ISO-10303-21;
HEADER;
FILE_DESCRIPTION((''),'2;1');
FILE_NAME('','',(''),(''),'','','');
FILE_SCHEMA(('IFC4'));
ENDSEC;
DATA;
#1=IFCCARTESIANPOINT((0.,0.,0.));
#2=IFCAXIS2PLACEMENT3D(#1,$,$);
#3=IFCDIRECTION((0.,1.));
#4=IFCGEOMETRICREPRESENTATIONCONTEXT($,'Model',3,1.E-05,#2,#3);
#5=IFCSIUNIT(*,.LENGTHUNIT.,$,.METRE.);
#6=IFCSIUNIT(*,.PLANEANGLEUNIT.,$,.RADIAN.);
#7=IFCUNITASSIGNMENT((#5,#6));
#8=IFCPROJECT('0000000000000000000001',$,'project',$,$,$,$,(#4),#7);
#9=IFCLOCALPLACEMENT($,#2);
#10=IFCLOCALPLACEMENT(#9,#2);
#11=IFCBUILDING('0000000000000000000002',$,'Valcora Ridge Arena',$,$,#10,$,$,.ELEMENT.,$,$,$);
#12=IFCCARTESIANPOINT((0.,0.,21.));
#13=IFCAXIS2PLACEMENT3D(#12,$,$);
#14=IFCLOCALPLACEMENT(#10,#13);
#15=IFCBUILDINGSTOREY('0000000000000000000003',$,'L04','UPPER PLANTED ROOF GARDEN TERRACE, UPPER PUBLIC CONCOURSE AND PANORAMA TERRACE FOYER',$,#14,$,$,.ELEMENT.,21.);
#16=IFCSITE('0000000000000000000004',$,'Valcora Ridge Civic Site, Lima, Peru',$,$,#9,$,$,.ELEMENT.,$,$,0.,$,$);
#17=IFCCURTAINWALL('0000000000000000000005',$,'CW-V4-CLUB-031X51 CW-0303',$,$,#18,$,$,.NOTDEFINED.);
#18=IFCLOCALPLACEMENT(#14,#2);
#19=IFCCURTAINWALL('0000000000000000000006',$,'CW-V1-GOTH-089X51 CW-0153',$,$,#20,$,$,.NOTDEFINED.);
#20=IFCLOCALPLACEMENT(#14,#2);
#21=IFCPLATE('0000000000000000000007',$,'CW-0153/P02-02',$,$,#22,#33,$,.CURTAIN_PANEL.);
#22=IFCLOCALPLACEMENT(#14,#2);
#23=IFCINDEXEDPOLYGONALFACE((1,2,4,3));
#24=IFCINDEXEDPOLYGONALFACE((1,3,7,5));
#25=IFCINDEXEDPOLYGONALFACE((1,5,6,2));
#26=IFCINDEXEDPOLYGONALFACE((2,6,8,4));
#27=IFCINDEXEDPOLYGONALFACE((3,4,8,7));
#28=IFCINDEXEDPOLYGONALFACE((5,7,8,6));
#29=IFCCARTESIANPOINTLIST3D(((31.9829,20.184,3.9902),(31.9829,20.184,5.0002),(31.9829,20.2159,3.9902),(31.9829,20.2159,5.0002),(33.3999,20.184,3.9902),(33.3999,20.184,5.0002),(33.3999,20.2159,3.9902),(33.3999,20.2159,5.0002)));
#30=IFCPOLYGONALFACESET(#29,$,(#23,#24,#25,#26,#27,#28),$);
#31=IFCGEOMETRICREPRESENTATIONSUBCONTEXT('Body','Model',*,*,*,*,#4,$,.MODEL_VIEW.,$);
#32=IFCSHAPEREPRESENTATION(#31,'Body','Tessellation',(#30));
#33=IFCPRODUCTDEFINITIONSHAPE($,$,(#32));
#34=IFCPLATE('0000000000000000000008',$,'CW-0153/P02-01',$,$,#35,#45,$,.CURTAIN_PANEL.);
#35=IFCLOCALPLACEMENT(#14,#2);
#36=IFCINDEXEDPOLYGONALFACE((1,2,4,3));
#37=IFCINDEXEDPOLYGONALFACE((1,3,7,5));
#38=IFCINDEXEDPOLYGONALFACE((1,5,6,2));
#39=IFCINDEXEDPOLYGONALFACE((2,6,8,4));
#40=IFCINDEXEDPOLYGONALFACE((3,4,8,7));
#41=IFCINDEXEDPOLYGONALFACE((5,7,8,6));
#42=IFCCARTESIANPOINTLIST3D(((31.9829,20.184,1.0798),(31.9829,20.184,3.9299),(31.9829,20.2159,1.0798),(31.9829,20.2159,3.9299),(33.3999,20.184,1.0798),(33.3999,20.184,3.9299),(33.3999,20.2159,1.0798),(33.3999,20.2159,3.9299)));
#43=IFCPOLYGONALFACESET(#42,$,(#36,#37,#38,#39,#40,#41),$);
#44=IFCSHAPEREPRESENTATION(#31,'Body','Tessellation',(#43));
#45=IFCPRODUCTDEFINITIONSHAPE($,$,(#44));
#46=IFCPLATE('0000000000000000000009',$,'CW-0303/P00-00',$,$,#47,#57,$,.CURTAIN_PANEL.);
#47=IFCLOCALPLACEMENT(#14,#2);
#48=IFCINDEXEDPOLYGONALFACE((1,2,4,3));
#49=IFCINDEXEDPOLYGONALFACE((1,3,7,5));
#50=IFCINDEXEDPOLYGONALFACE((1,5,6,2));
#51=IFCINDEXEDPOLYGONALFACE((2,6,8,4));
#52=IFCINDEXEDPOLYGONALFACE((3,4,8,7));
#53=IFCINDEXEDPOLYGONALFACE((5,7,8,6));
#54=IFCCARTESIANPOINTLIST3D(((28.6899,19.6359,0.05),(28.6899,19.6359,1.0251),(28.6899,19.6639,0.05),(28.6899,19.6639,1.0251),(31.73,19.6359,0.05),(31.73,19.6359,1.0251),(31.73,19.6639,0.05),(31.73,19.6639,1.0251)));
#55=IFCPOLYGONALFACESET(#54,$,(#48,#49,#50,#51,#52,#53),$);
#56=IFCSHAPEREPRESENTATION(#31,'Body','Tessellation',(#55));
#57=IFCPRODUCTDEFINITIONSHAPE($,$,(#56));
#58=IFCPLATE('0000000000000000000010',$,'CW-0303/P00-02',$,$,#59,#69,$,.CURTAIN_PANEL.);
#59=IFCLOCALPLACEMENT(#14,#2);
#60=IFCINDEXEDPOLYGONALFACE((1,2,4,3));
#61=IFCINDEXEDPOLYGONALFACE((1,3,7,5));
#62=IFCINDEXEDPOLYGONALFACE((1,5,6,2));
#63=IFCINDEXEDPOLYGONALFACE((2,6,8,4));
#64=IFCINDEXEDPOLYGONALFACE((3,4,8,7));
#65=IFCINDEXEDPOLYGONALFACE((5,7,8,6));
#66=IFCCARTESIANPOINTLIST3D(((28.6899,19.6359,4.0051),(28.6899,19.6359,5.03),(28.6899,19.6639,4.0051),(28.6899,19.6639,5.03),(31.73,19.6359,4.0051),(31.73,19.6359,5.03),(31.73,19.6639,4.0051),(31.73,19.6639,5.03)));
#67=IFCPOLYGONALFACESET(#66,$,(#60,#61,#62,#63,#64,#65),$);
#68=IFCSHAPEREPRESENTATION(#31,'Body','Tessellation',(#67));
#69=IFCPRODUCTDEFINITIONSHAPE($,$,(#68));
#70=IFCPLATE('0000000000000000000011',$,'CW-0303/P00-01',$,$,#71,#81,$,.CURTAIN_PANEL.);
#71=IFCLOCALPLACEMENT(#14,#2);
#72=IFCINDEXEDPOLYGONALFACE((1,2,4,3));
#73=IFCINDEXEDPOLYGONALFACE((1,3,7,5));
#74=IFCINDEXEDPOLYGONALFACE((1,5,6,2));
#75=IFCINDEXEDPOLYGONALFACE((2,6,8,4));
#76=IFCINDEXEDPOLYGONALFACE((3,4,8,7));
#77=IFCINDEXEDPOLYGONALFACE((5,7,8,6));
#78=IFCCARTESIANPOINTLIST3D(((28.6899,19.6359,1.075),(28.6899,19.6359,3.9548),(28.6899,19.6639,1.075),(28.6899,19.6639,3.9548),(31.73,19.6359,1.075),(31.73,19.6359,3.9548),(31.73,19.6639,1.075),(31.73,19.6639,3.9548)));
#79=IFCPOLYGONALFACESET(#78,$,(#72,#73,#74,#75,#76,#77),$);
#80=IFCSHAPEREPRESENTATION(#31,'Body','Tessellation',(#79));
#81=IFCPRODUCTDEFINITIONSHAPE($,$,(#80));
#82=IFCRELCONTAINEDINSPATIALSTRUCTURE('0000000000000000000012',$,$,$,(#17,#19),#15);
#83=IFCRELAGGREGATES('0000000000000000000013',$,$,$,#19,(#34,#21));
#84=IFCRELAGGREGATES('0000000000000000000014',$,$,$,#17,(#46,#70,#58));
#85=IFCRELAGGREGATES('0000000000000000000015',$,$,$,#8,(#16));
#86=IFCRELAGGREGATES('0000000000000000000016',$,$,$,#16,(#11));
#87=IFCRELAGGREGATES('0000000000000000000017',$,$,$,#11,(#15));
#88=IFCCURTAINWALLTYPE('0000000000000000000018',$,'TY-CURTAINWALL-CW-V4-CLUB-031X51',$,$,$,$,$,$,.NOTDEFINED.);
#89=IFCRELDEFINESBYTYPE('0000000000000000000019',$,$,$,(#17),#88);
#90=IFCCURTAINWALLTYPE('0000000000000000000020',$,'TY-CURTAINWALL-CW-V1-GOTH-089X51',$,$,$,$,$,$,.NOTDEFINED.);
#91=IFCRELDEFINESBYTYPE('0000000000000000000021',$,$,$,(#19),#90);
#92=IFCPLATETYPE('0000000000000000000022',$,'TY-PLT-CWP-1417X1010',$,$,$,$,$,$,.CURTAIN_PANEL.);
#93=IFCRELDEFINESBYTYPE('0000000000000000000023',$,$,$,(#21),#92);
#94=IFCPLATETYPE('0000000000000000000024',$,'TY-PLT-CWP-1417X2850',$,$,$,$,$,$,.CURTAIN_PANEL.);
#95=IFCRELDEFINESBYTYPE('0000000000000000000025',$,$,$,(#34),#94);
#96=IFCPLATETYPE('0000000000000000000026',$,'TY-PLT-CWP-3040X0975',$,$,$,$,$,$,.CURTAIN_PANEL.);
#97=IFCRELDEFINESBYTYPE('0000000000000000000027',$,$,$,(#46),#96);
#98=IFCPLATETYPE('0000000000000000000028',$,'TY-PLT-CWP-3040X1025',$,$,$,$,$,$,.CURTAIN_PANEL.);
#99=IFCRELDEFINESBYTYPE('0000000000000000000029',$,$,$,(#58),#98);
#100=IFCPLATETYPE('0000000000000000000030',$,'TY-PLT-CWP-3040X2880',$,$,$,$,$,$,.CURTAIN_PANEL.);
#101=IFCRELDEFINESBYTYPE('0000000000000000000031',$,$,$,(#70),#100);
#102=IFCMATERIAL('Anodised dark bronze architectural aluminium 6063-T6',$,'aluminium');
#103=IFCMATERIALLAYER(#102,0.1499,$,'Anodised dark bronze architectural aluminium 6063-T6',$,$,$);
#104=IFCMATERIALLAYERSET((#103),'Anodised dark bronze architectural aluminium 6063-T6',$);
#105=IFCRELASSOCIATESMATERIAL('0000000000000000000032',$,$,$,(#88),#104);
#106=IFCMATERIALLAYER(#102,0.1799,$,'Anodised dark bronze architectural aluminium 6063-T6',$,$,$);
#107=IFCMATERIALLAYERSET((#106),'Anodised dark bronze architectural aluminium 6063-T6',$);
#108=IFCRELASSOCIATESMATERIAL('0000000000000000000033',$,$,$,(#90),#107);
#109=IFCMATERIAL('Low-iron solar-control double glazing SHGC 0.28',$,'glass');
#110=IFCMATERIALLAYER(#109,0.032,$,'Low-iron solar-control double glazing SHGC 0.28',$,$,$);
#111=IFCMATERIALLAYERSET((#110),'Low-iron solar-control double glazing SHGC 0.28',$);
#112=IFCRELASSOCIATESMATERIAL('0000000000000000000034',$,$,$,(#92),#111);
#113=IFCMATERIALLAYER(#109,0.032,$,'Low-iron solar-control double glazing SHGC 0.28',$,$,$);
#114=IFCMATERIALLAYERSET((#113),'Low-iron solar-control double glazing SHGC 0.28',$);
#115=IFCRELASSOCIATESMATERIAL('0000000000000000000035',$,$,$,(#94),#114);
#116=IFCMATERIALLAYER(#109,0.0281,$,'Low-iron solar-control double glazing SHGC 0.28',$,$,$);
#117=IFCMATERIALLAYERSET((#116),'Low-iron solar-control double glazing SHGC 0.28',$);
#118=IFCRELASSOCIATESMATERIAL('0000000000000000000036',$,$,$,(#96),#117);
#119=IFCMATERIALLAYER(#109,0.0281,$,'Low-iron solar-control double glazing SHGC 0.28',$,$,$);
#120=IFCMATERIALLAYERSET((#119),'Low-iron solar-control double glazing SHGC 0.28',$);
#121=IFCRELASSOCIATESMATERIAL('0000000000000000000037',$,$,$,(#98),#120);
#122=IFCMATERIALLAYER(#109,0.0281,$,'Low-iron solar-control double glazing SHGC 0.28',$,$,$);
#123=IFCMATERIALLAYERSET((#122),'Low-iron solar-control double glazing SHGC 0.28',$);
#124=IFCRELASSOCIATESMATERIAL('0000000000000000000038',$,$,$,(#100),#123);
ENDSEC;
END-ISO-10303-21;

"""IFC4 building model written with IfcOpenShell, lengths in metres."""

from ifc_helpers import new_model, si_unit, direction, frame, origin, origin_2d, place, context, subcontext, project, spatial, rectangle, extrude, material, layer, layer_set, type_object, element, aggregate, save


model = new_model("IFC4")

# Units and contexts
model_context = context("Model", 3, precision=1e-05, world=origin(), true_north=direction((0.0, 1.0)))
body_context = subcontext(model_context, "Body", "Model", "MODEL_VIEW")
ifc_project = project(units=[si_unit("LENGTHUNIT", "METRE"), si_unit("PLANEANGLEUNIT", "RADIAN")], contexts=[model_context])

# Site, building, storey
site_placement = place(None, origin())
site = spatial("IfcSite", under=ifc_project, at=site_placement, Name="Valcora Ridge Civic Site, Lima, Peru", CompositionType="ELEMENT", RefElevation=0.0)
building_placement = place(site_placement, origin())
building = spatial("IfcBuilding", under=site, at=building_placement, Name="Valcora Ridge Arena", CompositionType="ELEMENT")
storey_placement = place(building_placement, frame((0.0, 0.0, 21.0)))
storey = spatial("IfcBuildingStorey", under=building, at=storey_placement, Name="L04", Description="UPPER PLANTED ROOF GARDEN TERRACE, UPPER PUBLIC CONCOURSE AND PANORAMA TERRACE FOYER", CompositionType="ELEMENT", Elevation=21.0)

# Curtain wall
ifc_material_1 = material(Name="Anodised dark bronze architectural aluminium 6063-T6", Category="aluminium")
ifc_layer_1 = layer(ifc_material_1, 0.1499, Name="Anodised dark bronze architectural aluminium 6063-T6")
ifc_layer_set_1 = layer_set([ifc_layer_1], Name="Anodised dark bronze architectural aluminium 6063-T6")
curtain_wall_type_1 = type_object("IfcCurtainWallType", Name="TY-CURTAINWALL-CW-V4-CLUB-031X51", PredefinedType="NOTDEFINED", material=ifc_layer_set_1)
curtain_wall_1_placement = place(storey_placement, origin())
curtain_wall_1 = element("IfcCurtainWall", 1, at=curtain_wall_1_placement, inside=storey, type_object=curtain_wall_type_1, Name="CW-V4-CLUB-031X51 CW-0303", PredefinedType="NOTDEFINED")

# Curtain wall
ifc_layer_2 = layer(ifc_material_1, 0.1799, Name="Anodised dark bronze architectural aluminium 6063-T6")
ifc_layer_set_2 = layer_set([ifc_layer_2], Name="Anodised dark bronze architectural aluminium 6063-T6")
curtain_wall_type_2 = type_object("IfcCurtainWallType", Name="TY-CURTAINWALL-CW-V1-GOTH-089X51", PredefinedType="NOTDEFINED", material=ifc_layer_set_2)
curtain_wall_2_placement = place(storey_placement, origin())
curtain_wall_2 = element("IfcCurtainWall", 2, at=curtain_wall_2_placement, inside=storey, type_object=curtain_wall_type_2, Name="CW-V1-GOTH-089X51 CW-0153", PredefinedType="NOTDEFINED")

# Plates
ifc_material_2 = material(Name="Low-iron solar-control double glazing SHGC 0.28", Category="glass")
ifc_layer_3 = layer(ifc_material_2, 0.032, Name="Low-iron solar-control double glazing SHGC 0.28")
ifc_layer_set_3 = layer_set([ifc_layer_3], Name="Low-iron solar-control double glazing SHGC 0.28")
plate_type_1 = type_object("IfcPlateType", Name="TY-PLT-CWP-1417X1010", PredefinedType="CURTAIN_PANEL", material=ifc_layer_set_3)
plate_1_placement = place(storey_placement, frame((32.6914, 20.2, 3.9902), z_axis=(0.0, 0.0, 1.0), x_axis=(1.0, 0.0, 0.0)))
plate_1 = element("IfcPlate", 3, at=plate_1_placement, type_object=plate_type_1, Name="CW-0153/P02-02", PredefinedType="CURTAIN_PANEL", context=body_context, shape_type="SweptSolid", body=[
    extrude(rectangle(XDim=1.417, YDim=0.032, at=origin_2d()), origin(), (0.0, 0.0, 1.0), 1.01),
])
ifc_layer_4 = layer(ifc_material_2, 0.032, Name="Low-iron solar-control double glazing SHGC 0.28")
ifc_layer_set_4 = layer_set([ifc_layer_4], Name="Low-iron solar-control double glazing SHGC 0.28")
plate_type_2 = type_object("IfcPlateType", Name="TY-PLT-CWP-1417X2850", PredefinedType="CURTAIN_PANEL", material=ifc_layer_set_4)
plate_2_placement = place(storey_placement, frame((32.6914, 20.2, 1.0798), z_axis=(0.0, 0.0, 1.0), x_axis=(1.0, 0.0, 0.0)))
plate_2 = element("IfcPlate", 4, at=plate_2_placement, type_object=plate_type_2, Name="CW-0153/P02-01", PredefinedType="CURTAIN_PANEL", context=body_context, shape_type="SweptSolid", body=[
    extrude(rectangle(XDim=1.417, YDim=0.032, at=origin_2d()), origin(), (0.0, 0.0, 1.0), 2.8501),
])
aggregate(curtain_wall_2, [plate_2, plate_1])
ifc_layer_5 = layer(ifc_material_2, 0.0281, Name="Low-iron solar-control double glazing SHGC 0.28")
ifc_layer_set_5 = layer_set([ifc_layer_5], Name="Low-iron solar-control double glazing SHGC 0.28")
plate_type_3 = type_object("IfcPlateType", Name="TY-PLT-CWP-3040X0975", PredefinedType="CURTAIN_PANEL", material=ifc_layer_set_5)
plate_3_placement = place(storey_placement, frame((30.21, 19.6499, 0.05), z_axis=(0.0, 0.0, 1.0), x_axis=(1.0, 0.0, 0.0)))
plate_3 = element("IfcPlate", 5, at=plate_3_placement, type_object=plate_type_3, Name="CW-0303/P00-00", PredefinedType="CURTAIN_PANEL", context=body_context, shape_type="SweptSolid", body=[
    extrude(rectangle(XDim=3.04, YDim=0.0281, at=origin_2d()), origin(), (0.0, 0.0, 1.0), 0.9751),
])
ifc_layer_6 = layer(ifc_material_2, 0.0281, Name="Low-iron solar-control double glazing SHGC 0.28")
ifc_layer_set_6 = layer_set([ifc_layer_6], Name="Low-iron solar-control double glazing SHGC 0.28")
plate_type_4 = type_object("IfcPlateType", Name="TY-PLT-CWP-3040X1025", PredefinedType="CURTAIN_PANEL", material=ifc_layer_set_6)
plate_4_placement = place(storey_placement, frame((30.21, 19.6499, 4.0051), z_axis=(0.0, 0.0, 1.0), x_axis=(1.0, 0.0, 0.0)))
plate_4 = element("IfcPlate", 6, at=plate_4_placement, type_object=plate_type_4, Name="CW-0303/P00-02", PredefinedType="CURTAIN_PANEL", context=body_context, shape_type="SweptSolid", body=[
    extrude(rectangle(XDim=3.04, YDim=0.0281, at=origin_2d()), origin(), (0.0, 0.0, 1.0), 1.0249),
])
ifc_layer_7 = layer(ifc_material_2, 0.0281, Name="Low-iron solar-control double glazing SHGC 0.28")
ifc_layer_set_7 = layer_set([ifc_layer_7], Name="Low-iron solar-control double glazing SHGC 0.28")
plate_type_5 = type_object("IfcPlateType", Name="TY-PLT-CWP-3040X2880", PredefinedType="CURTAIN_PANEL", material=ifc_layer_set_7)
plate_5_placement = place(storey_placement, frame((30.21, 19.6499, 1.075), z_axis=(0.0, 0.0, 1.0), x_axis=(1.0, 0.0, 0.0)))
plate_5 = element("IfcPlate", 7, at=plate_5_placement, type_object=plate_type_5, Name="CW-0303/P00-01", PredefinedType="CURTAIN_PANEL", context=body_context, shape_type="SweptSolid", body=[
    extrude(rectangle(XDim=3.04, YDim=0.0281, at=origin_2d()), origin(), (0.0, 0.0, 1.0), 2.8799),
])
aggregate(curtain_wall_1, [plate_3, plate_5, plate_4])

save(model, "model.ifc")
